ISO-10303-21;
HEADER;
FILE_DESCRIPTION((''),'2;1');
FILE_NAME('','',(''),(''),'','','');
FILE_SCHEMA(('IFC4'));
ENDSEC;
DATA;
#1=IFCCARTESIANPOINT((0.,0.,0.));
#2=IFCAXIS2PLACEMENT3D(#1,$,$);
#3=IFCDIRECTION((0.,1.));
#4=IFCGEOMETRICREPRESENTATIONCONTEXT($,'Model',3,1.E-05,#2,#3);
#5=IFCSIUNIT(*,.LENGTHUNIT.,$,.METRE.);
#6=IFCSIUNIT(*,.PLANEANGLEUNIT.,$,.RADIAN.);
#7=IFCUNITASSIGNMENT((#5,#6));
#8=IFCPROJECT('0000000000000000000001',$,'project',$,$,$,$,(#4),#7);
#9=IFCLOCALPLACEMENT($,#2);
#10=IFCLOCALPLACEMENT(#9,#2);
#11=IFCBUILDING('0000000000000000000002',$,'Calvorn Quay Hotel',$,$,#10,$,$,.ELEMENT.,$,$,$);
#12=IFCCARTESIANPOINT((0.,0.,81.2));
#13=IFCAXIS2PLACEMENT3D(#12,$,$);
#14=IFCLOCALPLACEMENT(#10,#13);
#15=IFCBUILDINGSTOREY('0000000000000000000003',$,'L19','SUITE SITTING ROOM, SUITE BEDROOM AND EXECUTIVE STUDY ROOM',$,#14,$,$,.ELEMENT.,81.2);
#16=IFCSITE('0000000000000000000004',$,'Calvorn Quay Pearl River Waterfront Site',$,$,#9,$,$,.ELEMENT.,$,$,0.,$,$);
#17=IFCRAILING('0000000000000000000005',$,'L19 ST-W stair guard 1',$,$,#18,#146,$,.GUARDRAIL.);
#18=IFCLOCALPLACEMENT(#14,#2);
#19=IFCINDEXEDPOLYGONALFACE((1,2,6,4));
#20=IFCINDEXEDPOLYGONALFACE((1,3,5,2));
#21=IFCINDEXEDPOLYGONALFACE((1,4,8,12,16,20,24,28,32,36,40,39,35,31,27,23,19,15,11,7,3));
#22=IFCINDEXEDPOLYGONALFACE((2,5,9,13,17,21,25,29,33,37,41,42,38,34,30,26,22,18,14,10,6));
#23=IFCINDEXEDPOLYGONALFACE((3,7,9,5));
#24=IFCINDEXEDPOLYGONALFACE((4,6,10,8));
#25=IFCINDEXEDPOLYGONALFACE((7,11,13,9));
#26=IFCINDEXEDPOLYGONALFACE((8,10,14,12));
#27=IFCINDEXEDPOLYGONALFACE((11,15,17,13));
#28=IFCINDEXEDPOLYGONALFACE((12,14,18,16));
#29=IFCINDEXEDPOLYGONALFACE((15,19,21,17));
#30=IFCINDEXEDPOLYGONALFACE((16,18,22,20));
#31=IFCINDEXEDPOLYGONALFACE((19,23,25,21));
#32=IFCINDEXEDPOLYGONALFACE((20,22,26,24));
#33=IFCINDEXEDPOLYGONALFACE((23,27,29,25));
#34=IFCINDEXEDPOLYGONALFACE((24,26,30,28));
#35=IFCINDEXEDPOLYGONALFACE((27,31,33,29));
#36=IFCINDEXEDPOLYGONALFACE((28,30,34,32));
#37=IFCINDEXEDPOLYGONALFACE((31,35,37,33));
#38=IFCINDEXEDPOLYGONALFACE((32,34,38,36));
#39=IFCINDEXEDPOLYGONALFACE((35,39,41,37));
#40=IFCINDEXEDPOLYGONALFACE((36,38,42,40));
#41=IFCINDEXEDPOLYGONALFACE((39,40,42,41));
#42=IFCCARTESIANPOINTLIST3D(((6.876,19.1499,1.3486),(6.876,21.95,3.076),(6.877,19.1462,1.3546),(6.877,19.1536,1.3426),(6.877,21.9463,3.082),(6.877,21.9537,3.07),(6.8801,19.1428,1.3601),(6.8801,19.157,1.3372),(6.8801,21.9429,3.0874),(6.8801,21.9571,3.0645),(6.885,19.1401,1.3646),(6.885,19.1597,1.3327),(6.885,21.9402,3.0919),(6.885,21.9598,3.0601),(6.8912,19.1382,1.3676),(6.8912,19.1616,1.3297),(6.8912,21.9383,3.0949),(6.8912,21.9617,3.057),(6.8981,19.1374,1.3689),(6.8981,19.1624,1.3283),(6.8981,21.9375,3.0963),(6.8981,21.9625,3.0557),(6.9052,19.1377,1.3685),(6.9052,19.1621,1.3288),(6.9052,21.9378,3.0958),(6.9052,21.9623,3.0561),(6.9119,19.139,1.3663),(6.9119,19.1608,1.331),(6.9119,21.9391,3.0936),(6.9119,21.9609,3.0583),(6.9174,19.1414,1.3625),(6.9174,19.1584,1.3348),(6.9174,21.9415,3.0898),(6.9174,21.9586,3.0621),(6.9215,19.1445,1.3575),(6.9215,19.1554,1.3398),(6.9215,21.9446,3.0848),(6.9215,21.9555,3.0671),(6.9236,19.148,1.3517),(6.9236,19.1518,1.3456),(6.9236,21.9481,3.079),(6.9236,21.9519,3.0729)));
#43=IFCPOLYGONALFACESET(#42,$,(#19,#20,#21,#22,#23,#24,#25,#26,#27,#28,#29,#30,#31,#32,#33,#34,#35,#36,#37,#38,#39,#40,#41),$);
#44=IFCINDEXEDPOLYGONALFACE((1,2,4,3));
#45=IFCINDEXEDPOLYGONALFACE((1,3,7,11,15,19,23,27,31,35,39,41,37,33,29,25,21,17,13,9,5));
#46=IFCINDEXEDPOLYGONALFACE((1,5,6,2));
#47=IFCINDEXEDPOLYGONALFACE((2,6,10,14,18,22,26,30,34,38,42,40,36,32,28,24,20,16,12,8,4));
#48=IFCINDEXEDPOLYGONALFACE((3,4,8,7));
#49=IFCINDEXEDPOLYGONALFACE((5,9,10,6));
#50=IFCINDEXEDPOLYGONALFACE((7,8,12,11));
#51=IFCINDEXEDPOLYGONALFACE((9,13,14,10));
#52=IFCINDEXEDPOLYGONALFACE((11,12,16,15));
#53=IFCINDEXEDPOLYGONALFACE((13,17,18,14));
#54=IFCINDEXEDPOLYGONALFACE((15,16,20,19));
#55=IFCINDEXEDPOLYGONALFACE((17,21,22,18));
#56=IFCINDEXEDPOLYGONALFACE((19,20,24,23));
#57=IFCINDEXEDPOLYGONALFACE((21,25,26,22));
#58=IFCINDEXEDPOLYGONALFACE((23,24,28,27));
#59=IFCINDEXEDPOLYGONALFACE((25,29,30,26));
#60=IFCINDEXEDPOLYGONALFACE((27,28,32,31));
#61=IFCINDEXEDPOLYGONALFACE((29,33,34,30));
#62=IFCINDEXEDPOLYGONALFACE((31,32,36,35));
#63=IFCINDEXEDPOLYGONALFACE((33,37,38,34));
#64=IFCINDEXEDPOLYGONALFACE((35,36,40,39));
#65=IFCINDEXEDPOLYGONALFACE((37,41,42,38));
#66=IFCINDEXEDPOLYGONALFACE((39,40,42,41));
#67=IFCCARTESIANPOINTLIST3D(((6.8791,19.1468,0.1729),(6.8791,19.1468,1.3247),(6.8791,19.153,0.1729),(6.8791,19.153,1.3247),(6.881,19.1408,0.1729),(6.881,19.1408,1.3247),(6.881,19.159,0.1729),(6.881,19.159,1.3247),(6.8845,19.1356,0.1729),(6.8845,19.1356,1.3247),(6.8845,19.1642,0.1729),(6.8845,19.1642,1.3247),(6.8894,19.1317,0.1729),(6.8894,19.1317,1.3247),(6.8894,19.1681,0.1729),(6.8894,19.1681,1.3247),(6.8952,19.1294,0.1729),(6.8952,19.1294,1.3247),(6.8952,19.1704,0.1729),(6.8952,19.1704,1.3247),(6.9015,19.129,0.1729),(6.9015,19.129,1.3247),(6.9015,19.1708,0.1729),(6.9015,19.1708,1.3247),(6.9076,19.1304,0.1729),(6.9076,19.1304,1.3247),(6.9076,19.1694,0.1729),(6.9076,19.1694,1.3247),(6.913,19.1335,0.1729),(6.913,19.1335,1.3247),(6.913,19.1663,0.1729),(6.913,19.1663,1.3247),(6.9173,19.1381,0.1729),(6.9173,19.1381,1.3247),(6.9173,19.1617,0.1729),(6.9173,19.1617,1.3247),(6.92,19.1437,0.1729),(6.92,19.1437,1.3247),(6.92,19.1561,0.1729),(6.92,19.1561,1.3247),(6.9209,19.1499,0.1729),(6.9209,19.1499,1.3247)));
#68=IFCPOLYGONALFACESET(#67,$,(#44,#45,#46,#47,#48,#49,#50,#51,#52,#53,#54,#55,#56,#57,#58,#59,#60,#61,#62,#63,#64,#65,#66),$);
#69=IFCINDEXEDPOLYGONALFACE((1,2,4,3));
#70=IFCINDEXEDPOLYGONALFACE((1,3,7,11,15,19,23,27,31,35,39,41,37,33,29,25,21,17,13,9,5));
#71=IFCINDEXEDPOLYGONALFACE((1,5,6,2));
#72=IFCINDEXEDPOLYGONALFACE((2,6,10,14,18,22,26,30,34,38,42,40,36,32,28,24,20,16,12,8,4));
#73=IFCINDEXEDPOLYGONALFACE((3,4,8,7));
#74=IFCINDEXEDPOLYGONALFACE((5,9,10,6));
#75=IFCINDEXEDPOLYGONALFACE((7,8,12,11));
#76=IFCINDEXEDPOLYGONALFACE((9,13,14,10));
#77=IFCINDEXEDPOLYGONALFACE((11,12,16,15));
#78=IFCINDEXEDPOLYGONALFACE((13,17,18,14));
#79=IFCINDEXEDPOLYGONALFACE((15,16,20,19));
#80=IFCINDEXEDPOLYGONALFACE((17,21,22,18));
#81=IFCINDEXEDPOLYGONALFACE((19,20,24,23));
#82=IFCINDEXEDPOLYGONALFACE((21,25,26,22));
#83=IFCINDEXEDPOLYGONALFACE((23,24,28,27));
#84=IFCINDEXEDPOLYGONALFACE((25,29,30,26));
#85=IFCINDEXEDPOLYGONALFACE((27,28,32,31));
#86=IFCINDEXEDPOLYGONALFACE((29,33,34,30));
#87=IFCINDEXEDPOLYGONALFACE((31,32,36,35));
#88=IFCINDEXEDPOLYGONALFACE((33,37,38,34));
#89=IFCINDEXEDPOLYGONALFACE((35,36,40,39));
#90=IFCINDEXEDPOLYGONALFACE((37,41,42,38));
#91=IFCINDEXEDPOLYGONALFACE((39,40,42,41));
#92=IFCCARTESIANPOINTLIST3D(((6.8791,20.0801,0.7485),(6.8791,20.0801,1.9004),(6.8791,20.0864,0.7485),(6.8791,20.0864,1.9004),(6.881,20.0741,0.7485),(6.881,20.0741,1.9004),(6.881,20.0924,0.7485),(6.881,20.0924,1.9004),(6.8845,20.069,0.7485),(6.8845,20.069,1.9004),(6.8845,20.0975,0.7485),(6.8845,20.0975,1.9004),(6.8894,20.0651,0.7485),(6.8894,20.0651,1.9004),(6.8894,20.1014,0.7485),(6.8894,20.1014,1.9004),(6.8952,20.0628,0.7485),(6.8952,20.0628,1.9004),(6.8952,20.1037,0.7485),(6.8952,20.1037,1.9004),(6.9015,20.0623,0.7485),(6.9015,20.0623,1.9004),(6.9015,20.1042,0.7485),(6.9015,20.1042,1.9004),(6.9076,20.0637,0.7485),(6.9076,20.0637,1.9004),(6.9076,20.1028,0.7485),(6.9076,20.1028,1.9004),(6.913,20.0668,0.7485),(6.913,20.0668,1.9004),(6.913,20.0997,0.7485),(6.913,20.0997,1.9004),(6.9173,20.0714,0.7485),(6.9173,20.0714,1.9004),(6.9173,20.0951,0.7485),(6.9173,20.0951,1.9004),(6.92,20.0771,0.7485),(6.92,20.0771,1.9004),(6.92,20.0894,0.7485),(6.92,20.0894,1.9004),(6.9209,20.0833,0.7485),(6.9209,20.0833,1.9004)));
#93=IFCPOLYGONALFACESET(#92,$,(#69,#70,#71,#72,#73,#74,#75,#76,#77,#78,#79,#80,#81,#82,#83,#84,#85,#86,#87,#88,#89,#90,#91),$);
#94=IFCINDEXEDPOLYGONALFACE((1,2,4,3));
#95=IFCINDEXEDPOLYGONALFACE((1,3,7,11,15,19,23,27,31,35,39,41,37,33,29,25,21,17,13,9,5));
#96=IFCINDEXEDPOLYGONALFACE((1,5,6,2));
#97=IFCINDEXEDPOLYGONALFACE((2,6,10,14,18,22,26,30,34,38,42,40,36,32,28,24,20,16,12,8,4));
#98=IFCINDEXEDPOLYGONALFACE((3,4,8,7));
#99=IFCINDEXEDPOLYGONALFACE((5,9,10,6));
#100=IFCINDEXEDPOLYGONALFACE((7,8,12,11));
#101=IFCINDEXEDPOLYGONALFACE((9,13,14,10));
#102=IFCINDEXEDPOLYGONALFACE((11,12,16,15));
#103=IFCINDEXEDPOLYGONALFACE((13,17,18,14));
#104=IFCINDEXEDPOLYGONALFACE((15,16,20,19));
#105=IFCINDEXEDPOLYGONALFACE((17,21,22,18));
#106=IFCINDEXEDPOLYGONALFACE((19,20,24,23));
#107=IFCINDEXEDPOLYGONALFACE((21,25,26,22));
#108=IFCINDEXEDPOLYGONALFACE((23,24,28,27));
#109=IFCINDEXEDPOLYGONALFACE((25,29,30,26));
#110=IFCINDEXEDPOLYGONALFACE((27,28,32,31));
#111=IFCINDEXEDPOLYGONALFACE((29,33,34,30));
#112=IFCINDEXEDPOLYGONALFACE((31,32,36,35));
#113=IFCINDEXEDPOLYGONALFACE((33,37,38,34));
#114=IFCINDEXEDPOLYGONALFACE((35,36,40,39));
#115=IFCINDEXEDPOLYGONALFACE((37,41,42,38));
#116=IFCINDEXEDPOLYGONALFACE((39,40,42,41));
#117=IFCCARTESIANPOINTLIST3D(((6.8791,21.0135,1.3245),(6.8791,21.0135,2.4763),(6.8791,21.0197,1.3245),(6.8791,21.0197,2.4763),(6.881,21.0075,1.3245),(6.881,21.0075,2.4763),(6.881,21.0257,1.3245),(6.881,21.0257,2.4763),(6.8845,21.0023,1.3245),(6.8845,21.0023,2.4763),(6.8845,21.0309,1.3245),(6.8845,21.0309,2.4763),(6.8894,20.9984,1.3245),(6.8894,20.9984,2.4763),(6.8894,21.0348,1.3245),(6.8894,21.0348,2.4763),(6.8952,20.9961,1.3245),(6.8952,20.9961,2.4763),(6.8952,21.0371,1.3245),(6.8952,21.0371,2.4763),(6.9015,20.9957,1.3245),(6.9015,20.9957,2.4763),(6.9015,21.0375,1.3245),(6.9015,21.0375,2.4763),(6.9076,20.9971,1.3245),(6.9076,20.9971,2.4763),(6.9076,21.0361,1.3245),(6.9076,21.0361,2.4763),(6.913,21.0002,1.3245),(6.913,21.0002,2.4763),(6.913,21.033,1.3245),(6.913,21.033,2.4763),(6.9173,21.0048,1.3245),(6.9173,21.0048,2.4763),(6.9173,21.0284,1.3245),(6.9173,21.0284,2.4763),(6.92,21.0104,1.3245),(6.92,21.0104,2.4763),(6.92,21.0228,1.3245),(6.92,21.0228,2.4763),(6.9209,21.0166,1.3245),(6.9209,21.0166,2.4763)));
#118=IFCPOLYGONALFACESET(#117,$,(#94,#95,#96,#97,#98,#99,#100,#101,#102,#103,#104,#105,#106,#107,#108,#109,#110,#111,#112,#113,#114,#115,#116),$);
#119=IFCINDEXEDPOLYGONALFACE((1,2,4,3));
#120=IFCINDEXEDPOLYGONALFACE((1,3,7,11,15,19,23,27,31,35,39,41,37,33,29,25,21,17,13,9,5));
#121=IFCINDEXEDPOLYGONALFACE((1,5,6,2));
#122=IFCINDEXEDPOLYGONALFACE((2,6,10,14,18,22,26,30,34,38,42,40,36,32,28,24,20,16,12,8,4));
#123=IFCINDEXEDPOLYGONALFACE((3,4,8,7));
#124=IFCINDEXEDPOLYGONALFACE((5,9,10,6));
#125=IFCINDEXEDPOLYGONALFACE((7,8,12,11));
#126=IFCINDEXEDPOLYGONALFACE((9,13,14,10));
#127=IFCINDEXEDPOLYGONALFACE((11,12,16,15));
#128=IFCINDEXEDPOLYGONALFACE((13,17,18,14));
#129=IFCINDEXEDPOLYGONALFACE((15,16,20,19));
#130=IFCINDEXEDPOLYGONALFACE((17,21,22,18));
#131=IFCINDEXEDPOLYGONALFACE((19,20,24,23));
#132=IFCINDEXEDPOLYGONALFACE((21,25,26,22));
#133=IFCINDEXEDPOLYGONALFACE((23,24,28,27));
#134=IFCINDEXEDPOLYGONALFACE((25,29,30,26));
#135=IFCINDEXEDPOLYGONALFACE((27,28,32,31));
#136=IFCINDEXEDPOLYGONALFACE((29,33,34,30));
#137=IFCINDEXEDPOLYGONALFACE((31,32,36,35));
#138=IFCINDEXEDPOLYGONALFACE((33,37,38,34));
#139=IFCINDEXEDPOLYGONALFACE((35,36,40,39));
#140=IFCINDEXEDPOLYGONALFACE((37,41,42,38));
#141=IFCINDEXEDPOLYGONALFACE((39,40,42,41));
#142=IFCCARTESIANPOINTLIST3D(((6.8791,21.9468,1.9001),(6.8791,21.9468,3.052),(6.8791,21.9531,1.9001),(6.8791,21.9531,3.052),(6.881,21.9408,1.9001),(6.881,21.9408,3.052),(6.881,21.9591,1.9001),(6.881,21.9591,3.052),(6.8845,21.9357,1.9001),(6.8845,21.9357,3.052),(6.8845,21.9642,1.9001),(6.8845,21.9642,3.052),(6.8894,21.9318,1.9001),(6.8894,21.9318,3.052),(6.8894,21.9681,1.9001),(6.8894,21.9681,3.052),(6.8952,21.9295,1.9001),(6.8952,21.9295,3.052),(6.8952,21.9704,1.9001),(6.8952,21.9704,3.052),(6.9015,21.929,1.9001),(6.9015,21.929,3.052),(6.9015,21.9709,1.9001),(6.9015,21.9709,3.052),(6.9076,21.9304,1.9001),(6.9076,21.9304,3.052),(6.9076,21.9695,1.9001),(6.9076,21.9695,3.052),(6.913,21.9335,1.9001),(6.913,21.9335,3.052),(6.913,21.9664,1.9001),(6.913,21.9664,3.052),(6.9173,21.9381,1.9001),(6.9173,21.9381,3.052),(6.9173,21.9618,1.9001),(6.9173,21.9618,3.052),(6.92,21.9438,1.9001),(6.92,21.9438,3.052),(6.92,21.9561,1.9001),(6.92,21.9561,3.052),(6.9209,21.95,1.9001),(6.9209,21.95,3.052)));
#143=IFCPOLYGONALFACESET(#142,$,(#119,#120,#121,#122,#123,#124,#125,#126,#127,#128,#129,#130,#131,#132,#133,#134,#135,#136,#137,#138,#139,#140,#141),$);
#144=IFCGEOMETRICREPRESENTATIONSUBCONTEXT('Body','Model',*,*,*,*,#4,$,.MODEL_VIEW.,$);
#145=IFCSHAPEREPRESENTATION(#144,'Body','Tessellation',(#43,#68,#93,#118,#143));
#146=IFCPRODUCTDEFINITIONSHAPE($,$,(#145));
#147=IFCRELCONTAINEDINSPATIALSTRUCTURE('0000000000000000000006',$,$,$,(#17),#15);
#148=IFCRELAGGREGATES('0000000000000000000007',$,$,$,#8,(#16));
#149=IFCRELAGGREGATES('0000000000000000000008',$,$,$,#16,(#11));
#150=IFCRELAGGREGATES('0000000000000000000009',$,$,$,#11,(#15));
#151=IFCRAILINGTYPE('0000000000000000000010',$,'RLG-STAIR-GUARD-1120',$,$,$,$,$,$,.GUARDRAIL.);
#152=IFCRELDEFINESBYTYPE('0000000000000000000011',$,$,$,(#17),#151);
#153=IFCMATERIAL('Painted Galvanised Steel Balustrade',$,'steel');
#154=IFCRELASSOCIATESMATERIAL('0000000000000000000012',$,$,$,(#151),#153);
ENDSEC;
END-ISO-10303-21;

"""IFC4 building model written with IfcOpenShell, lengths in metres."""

from ifc_helpers import new_model, si_unit, direction, frame, origin, origin_2d, place, context, subcontext, project, spatial, circle, extrude, material, type_object, element, save


model = new_model("IFC4")

# Units and contexts
model_context = context("Model", 3, precision=1e-05, world=origin(), true_north=direction((0.0, 1.0)))
body_context = subcontext(model_context, "Body", "Model", "MODEL_VIEW")
ifc_project = project(units=[si_unit("LENGTHUNIT", "METRE"), si_unit("PLANEANGLEUNIT", "RADIAN")], contexts=[model_context])

# Site, building, storey
site_placement = place(None, origin())
site = spatial("IfcSite", under=ifc_project, at=site_placement, Name="Calvorn Quay Pearl River Waterfront Site", CompositionType="ELEMENT", RefElevation=0.0)
building_placement = place(site_placement, origin())
building = spatial("IfcBuilding", under=site, at=building_placement, Name="Calvorn Quay Hotel", CompositionType="ELEMENT")
storey_placement = place(building_placement, frame((0.0, 0.0, 81.2)))
storey = spatial("IfcBuildingStorey", under=building, at=storey_placement, Name="L19", Description="SUITE SITTING ROOM, SUITE BEDROOM AND EXECUTIVE STUDY ROOM", CompositionType="ELEMENT", Elevation=81.2)

# Railing
ifc_material_1 = material(Name="Painted Galvanised Steel Balustrade", Category="steel")
railing_type_1 = type_object("IfcRailingType", Name="RLG-STAIR-GUARD-1120", PredefinedType="GUARDRAIL", material=ifc_material_1)
railing_1_placement = place(storey_placement, frame((6.8999, 19.1499, 0.1729)))
element("IfcRailing", 1, at=railing_1_placement, inside=storey, type_object=railing_type_1, Name="L19 ST-W stair guard 1", PredefinedType="GUARDRAIL", context=body_context, shape_type="SweptSolid", body=[
    extrude(circle(Radius=0.0239, at=origin_2d()), frame((0.0, 0.0, 1.1758), z_axis=(0.0, 0.85109, 0.52502), x_axis=(-1.0, 0.0, 0.0)), (0.0, 0.0, 1.0), 3.29),
    extrude(circle(Radius=0.021, at=origin_2d()), origin(), (0.0, 0.0, 1.0), 1.1519),
    extrude(circle(Radius=0.021, at=origin_2d()), frame((0.0, 0.9333, 0.5757)), (0.0, 0.0, 1.0), 1.1519),
    extrude(circle(Radius=0.021, at=origin_2d()), frame((0.0, 1.8667, 1.1516)), (0.0, 0.0, 1.0), 1.1519),
    extrude(circle(Radius=0.021, at=origin_2d()), frame((0.0, 2.8, 1.7273)), (0.0, 0.0, 1.0), 1.1519),
])

save(model, "model.ifc")
